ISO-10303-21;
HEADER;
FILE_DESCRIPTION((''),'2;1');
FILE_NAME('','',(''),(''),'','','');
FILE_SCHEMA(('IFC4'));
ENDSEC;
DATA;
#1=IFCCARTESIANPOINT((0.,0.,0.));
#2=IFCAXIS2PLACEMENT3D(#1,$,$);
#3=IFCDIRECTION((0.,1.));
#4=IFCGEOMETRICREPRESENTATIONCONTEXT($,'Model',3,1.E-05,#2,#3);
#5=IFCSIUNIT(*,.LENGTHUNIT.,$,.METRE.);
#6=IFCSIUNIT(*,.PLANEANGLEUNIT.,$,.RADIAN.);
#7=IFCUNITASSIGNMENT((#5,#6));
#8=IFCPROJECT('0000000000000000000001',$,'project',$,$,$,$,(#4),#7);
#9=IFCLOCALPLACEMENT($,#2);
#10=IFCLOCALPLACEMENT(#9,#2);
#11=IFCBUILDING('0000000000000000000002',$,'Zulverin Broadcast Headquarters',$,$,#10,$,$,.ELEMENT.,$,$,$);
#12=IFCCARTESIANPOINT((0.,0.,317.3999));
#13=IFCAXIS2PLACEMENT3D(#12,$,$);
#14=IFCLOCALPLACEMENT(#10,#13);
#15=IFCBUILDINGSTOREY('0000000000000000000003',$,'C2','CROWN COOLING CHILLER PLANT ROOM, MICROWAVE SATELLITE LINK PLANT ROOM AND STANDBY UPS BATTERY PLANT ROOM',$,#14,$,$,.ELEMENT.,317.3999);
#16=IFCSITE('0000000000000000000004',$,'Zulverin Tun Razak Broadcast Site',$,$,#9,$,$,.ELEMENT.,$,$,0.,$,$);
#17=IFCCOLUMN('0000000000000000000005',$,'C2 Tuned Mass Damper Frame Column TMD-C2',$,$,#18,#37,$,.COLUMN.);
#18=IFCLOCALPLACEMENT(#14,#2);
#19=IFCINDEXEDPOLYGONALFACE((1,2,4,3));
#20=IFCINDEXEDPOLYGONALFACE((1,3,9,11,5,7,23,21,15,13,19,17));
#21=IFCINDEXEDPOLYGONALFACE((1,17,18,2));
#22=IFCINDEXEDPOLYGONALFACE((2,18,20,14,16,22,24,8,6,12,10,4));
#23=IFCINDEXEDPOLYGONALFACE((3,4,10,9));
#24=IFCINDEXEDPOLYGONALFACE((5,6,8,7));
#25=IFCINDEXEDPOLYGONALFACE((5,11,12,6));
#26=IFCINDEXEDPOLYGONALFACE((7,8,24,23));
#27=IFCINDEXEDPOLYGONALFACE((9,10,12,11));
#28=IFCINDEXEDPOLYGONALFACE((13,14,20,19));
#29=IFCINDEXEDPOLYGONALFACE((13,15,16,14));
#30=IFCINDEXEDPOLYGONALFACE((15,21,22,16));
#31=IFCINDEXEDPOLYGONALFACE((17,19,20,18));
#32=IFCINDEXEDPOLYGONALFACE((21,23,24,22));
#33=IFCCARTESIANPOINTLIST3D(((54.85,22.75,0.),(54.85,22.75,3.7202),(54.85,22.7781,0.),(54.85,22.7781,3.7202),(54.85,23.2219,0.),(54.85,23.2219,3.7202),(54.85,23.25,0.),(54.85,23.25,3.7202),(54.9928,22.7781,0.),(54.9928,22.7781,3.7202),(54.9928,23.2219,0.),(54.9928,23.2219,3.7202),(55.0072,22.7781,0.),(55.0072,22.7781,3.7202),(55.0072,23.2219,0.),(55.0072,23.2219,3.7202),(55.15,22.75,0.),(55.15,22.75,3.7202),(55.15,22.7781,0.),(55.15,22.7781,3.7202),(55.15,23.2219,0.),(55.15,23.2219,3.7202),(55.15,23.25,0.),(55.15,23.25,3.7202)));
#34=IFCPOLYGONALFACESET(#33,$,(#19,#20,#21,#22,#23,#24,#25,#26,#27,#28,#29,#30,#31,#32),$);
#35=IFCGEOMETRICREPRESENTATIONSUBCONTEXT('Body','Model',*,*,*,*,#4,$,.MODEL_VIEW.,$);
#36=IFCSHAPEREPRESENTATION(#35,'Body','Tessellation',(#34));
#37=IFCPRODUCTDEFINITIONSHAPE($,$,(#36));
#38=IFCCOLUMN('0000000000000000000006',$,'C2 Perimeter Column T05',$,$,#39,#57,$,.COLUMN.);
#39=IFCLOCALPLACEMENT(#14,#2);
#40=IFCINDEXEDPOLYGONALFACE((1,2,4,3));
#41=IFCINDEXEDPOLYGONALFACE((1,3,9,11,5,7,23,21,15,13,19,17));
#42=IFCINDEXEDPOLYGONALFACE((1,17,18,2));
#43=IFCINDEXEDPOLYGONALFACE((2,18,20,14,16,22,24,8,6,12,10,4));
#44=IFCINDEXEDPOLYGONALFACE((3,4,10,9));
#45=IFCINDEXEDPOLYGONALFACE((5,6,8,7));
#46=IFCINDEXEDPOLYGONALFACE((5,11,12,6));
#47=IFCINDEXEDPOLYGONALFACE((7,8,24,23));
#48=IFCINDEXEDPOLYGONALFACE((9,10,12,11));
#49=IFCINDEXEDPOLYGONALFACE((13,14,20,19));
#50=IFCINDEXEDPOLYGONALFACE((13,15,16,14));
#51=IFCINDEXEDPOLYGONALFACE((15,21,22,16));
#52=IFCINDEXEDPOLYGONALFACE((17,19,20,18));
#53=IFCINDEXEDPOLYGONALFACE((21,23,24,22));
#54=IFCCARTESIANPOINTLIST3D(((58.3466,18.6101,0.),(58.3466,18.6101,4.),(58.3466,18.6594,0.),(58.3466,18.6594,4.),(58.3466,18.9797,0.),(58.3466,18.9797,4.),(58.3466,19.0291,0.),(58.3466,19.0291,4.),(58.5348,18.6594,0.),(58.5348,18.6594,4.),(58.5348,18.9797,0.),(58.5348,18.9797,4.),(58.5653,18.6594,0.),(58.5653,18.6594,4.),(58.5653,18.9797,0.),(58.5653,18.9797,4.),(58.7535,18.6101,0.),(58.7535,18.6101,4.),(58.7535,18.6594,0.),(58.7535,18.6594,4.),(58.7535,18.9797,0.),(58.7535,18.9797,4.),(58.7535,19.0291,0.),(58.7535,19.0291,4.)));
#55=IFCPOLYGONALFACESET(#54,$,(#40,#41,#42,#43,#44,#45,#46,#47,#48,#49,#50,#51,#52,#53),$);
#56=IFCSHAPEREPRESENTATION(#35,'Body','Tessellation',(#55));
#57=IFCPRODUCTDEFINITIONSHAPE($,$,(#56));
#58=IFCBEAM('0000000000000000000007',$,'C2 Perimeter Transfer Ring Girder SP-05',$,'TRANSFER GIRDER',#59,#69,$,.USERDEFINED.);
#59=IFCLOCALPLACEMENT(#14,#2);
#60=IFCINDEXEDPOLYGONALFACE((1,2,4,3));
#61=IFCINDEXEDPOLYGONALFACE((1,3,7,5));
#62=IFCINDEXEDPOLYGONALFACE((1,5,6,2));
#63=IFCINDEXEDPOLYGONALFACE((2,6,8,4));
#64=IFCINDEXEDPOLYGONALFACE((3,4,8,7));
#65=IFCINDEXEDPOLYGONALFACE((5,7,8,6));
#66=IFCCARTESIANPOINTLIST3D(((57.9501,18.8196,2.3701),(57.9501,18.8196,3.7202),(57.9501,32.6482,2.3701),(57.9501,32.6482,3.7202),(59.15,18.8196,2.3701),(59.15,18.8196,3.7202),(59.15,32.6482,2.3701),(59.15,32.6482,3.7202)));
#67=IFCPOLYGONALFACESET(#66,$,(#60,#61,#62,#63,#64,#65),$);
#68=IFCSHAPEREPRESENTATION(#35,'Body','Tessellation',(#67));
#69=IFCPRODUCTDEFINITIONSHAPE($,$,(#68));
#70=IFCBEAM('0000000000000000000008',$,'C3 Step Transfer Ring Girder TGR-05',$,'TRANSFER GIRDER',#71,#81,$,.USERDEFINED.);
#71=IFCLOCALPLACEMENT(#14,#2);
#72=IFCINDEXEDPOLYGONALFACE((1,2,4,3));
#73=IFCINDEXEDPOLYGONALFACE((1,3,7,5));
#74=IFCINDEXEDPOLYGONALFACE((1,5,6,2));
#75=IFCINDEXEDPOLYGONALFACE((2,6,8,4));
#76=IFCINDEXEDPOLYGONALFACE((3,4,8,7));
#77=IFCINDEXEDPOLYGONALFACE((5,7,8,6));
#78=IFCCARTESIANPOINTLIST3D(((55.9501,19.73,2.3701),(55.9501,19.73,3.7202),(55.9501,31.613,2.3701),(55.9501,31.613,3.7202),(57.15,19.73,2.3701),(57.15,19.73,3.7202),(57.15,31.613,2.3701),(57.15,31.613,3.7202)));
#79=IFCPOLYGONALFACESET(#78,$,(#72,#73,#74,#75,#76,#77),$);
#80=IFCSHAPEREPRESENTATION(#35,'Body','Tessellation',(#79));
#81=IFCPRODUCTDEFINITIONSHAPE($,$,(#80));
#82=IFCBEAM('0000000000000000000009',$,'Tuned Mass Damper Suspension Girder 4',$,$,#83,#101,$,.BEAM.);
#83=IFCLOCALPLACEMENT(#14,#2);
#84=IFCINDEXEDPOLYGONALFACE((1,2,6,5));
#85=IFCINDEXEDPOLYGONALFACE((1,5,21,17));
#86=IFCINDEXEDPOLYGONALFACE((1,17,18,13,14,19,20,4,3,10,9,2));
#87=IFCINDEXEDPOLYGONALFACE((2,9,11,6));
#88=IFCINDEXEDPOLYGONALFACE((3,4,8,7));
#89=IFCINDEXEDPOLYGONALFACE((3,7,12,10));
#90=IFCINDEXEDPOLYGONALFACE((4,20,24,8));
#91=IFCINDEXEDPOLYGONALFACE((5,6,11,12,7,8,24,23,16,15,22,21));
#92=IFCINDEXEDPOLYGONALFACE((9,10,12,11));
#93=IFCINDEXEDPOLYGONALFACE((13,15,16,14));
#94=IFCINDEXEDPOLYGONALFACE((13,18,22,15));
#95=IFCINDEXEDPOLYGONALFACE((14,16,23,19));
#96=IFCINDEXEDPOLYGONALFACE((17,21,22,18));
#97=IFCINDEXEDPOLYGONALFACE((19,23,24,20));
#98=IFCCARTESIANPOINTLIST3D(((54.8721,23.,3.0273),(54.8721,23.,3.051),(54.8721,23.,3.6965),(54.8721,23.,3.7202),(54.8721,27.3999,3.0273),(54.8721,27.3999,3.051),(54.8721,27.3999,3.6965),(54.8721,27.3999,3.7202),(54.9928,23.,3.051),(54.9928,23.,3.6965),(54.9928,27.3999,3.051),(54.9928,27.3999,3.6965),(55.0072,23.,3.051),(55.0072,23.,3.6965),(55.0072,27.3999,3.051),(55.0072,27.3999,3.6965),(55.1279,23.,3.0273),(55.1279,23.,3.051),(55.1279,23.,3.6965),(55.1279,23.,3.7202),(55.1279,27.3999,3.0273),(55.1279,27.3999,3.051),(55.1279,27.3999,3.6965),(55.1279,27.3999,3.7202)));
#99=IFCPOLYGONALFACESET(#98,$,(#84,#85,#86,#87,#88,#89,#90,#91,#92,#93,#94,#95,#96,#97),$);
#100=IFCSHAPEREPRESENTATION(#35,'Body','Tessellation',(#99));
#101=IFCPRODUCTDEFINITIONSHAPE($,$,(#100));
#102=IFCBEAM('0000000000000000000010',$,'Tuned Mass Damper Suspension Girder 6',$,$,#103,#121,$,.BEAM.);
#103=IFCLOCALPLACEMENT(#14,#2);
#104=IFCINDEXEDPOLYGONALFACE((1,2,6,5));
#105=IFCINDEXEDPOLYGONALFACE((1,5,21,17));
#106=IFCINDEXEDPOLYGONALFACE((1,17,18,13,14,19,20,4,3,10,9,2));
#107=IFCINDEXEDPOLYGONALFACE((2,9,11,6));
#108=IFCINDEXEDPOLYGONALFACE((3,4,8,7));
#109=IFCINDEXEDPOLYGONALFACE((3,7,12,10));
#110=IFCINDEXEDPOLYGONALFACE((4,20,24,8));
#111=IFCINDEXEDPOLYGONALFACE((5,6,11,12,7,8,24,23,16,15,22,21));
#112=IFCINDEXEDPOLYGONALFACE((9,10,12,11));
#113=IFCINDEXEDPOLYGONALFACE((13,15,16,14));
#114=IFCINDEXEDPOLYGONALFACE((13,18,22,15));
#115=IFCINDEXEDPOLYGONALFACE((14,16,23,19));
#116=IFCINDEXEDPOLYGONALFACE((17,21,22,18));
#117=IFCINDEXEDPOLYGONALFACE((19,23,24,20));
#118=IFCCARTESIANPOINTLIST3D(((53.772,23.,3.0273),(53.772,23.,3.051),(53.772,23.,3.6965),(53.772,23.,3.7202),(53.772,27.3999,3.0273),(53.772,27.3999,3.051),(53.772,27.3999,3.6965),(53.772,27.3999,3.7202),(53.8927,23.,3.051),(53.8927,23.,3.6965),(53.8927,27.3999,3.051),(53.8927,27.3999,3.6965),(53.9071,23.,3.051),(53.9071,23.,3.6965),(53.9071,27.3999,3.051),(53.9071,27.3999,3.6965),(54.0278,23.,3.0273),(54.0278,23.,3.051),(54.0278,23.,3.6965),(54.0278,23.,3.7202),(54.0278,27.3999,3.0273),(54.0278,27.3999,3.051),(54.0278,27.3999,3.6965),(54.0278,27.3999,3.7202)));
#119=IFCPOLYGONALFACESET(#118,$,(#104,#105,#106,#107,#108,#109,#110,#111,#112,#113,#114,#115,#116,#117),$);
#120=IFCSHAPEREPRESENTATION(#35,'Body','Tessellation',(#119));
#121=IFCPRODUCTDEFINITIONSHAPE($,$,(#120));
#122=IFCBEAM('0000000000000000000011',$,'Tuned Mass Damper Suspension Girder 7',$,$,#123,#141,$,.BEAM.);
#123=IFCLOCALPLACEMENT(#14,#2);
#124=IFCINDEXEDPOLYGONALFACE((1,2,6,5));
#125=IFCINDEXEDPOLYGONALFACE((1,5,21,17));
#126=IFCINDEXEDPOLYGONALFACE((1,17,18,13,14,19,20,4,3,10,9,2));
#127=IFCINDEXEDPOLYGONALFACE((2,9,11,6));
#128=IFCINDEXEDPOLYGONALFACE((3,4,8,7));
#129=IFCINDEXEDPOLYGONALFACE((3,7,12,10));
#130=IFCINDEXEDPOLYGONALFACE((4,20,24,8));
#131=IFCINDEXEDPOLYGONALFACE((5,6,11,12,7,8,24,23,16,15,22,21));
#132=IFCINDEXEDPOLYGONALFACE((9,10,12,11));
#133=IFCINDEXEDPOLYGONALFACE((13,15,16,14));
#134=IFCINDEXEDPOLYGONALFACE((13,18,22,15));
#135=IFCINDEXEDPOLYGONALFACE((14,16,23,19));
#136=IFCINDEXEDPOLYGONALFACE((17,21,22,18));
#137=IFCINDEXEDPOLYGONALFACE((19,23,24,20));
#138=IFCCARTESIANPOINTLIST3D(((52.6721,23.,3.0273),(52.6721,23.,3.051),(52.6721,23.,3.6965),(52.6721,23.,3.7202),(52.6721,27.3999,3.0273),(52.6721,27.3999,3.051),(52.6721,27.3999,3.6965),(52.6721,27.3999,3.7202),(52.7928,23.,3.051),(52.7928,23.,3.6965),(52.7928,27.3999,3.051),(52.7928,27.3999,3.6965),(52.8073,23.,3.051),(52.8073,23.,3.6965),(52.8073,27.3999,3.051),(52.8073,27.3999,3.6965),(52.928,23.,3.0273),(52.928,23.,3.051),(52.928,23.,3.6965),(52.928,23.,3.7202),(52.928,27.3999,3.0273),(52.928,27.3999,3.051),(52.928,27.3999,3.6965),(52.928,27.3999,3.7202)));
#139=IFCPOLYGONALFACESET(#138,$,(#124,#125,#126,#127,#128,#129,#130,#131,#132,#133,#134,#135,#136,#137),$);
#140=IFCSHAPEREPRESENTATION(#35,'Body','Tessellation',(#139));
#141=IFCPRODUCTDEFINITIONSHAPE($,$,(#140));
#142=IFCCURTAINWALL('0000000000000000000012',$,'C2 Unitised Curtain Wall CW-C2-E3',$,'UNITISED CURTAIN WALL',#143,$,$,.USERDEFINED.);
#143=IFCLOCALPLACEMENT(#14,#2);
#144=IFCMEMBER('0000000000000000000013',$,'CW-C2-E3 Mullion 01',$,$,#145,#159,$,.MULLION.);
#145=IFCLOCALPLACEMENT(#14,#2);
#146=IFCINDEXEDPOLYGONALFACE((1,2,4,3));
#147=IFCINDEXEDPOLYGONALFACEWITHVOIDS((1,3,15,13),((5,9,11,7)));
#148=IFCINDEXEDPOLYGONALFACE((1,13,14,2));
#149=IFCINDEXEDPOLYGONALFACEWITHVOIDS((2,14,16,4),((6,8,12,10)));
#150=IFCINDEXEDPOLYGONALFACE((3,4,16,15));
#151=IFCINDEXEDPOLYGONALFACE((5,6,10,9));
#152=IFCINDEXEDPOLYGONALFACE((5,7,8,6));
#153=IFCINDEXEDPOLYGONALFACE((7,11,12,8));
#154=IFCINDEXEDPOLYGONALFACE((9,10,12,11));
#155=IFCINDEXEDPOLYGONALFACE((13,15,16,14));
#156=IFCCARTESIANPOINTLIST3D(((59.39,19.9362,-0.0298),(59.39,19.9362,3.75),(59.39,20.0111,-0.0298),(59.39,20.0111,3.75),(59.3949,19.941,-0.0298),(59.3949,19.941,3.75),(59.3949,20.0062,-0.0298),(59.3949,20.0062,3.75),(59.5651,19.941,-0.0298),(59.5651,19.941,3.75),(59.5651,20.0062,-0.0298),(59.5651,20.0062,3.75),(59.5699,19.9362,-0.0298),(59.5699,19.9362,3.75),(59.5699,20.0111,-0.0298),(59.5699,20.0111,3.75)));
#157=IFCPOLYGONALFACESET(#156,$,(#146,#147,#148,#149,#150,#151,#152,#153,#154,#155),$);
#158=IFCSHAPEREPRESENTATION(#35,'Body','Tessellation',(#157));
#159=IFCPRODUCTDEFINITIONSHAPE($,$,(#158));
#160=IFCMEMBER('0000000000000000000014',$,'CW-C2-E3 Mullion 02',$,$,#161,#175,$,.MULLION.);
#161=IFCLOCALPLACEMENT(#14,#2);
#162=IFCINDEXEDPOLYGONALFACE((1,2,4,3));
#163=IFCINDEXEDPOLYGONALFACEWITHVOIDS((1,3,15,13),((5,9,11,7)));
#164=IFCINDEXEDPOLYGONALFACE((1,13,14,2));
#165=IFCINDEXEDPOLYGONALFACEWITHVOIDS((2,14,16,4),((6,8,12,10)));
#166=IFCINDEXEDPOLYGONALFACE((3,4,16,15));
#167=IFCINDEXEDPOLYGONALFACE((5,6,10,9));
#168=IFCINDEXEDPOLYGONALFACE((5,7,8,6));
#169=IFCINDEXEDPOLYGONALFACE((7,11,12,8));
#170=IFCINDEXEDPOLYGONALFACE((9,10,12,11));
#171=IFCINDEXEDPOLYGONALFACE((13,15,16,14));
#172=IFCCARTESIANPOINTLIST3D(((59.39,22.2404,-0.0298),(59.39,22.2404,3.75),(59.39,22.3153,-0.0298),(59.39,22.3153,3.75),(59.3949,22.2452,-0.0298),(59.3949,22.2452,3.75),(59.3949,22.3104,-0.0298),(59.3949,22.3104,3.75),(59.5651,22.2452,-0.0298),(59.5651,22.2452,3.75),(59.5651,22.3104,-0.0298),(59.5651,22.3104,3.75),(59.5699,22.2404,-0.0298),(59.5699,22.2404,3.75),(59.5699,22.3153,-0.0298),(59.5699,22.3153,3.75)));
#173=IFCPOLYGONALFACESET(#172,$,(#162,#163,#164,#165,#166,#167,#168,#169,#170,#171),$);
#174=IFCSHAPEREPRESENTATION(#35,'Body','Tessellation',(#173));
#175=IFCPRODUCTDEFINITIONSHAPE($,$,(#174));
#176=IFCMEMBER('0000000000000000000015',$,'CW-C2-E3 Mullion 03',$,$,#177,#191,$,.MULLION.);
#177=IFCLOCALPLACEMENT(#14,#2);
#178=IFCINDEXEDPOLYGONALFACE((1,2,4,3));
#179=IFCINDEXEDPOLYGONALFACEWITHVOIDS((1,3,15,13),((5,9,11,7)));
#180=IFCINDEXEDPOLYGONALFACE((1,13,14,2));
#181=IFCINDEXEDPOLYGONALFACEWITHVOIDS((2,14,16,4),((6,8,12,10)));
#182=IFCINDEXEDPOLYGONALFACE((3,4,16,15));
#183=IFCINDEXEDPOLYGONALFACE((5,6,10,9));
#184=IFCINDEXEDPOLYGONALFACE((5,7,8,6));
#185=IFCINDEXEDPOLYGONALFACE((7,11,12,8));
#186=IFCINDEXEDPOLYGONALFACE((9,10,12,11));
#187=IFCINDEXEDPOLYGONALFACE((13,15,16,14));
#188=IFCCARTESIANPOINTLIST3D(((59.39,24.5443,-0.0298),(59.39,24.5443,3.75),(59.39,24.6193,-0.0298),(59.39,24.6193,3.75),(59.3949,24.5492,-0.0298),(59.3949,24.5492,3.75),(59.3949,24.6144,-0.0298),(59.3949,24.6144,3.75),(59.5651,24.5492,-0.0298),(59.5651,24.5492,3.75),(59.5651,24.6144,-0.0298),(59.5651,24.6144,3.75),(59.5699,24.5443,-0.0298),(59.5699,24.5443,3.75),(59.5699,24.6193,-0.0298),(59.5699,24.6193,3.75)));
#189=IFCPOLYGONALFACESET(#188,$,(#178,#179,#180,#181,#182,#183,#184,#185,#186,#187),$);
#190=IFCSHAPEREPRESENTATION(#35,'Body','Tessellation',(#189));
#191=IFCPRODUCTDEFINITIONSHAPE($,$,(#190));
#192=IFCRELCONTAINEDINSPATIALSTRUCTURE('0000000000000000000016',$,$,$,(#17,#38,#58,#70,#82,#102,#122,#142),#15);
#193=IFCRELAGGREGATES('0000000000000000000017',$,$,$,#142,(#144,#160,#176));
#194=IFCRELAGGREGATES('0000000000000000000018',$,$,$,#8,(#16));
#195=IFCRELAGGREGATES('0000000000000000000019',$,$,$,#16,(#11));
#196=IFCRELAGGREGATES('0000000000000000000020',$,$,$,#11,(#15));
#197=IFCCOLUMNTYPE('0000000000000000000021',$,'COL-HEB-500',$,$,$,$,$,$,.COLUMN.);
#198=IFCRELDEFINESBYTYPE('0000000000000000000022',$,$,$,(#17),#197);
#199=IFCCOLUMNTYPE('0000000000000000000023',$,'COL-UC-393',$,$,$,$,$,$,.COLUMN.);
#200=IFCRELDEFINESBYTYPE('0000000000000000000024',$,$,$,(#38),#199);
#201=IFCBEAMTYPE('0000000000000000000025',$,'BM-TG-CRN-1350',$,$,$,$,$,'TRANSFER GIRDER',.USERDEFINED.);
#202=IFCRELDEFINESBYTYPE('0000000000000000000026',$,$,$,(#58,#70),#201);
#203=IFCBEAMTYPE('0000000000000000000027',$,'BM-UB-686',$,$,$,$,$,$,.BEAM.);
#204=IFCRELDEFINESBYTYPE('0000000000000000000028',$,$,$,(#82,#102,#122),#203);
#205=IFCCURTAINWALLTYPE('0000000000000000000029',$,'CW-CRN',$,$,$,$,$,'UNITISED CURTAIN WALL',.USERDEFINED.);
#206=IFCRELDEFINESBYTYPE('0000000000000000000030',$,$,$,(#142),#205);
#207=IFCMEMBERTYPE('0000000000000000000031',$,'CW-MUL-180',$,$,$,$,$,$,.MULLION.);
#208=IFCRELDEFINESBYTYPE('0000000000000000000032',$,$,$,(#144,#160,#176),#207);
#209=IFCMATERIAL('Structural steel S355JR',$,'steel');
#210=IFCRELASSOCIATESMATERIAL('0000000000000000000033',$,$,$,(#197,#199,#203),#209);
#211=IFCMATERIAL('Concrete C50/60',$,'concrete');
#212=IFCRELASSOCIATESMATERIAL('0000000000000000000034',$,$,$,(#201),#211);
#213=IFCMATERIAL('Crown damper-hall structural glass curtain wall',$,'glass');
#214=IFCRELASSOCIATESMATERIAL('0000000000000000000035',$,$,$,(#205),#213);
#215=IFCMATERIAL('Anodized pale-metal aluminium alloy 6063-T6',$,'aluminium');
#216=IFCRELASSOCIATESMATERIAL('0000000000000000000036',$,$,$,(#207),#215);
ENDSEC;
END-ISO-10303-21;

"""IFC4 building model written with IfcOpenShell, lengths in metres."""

from ifc_helpers import new_model, si_unit, direction, frame, origin, origin_2d, place, context, subcontext, project, spatial, rectangle, hollow_rectangle, i_section, extrude, material, material_profile, profile_set, type_object, element, aggregate, save


model = new_model("IFC4")

# Units and contexts
model_context = context("Model", 3, precision=1e-05, world=origin(), true_north=direction((0.0, 1.0)))
body_context = subcontext(model_context, "Body", "Model", "MODEL_VIEW")
ifc_project = project(units=[si_unit("LENGTHUNIT", "METRE"), si_unit("PLANEANGLEUNIT", "RADIAN")], contexts=[model_context])

# Site, building, storey
site_placement = place(None, origin())
site = spatial("IfcSite", under=ifc_project, at=site_placement, Name="Zulverin Tun Razak Broadcast Site", CompositionType="ELEMENT", RefElevation=0.0)
building_placement = place(site_placement, origin())
building = spatial("IfcBuilding", under=site, at=building_placement, Name="Zulverin Broadcast Headquarters", CompositionType="ELEMENT")
storey_placement = place(building_placement, frame((0.0, 0.0, 317.3999)))
storey = spatial("IfcBuildingStorey", under=building, at=storey_placement, Name="C2", Description="CROWN COOLING CHILLER PLANT ROOM, MICROWAVE SATELLITE LINK PLANT ROOM AND STANDBY UPS BATTERY PLANT ROOM", CompositionType="ELEMENT", Elevation=317.3999)

# Columns
ifc_material_1 = material(Name="Structural steel S355JR", Category="steel")
ifc_material_profile_1 = material_profile(ifc_material_1, i_section(OverallWidth=0.3, OverallDepth=0.5, WebThickness=0.0144, FlangeThickness=0.0281, at=origin_2d()), Name="Structural steel S355JR", Category="steel")
ifc_profile_set_1 = profile_set([ifc_material_profile_1], Name="Structural steel S355JR")
column_type_1 = type_object("IfcColumnType", Name="COL-HEB-500", PredefinedType="COLUMN", material=ifc_profile_set_1)
column_1_placement = place(storey_placement, frame((55.0, 23.0, 0.0), z_axis=(0.0, 0.0, 1.0), x_axis=(1.0, 0.0, 0.0)))
element("IfcColumn", 1, at=column_1_placement, inside=storey, type_object=column_type_1, Name="C2 Tuned Mass Damper Frame Column TMD-C2", PredefinedType="COLUMN", context=body_context, shape_type="SweptSolid", body=[
    extrude(i_section(OverallWidth=0.3, OverallDepth=0.5, WebThickness=0.0144, FlangeThickness=0.0281, at=origin_2d()), origin(), (0.0, 0.0, 1.0), 3.7202),
])
ifc_material_profile_2 = material_profile(ifc_material_1, i_section(OverallWidth=0.407, OverallDepth=0.4189, WebThickness=0.0305, FlangeThickness=0.0493, at=origin_2d()), Name="Structural steel S355JR", Category="steel")
ifc_profile_set_2 = profile_set([ifc_material_profile_2], Name="Structural steel S355JR")
column_type_2 = type_object("IfcColumnType", Name="COL-UC-393", PredefinedType="COLUMN", material=ifc_profile_set_2)
column_2_placement = place(storey_placement, frame((58.55, 18.8196, 0.0), z_axis=(0.0, 0.0, 1.0), x_axis=(1.0, 0.0, 0.0)))
element("IfcColumn", 2, at=column_2_placement, inside=storey, type_object=column_type_2, Name="C2 Perimeter Column T05", PredefinedType="COLUMN", context=body_context, shape_type="SweptSolid", body=[
    extrude(i_section(OverallWidth=0.407, OverallDepth=0.4189, WebThickness=0.0305, FlangeThickness=0.0493, at=origin_2d()), origin(), (0.0, 0.0, 1.0), 4.0),
])

# Beams
ifc_material_2 = material(Name="Concrete C50/60", Category="concrete")
ifc_material_profile_3 = material_profile(ifc_material_2, rectangle(XDim=1.2, YDim=1.3501, at=origin_2d()), Name="Concrete C50/60", Category="concrete")
ifc_profile_set_3 = profile_set([ifc_material_profile_3], Name="Concrete C50/60")
beam_type_1 = type_object("IfcBeamType", Name="BM-TG-CRN-1350", ElementType="TRANSFER GIRDER", PredefinedType="USERDEFINED", material=ifc_profile_set_3)
beam_1_placement = place(storey_placement, frame((58.55, 18.8196, 3.0452), z_axis=(0.0, 1.0, 0.0), x_axis=(-1.0, 0.0, 0.0)))
element("IfcBeam", 3, at=beam_1_placement, inside=storey, type_object=beam_type_1, Name="C2 Perimeter Transfer Ring Girder SP-05", ObjectType="TRANSFER GIRDER", PredefinedType="USERDEFINED", context=body_context, shape_type="SweptSolid", body=[
    extrude(rectangle(XDim=1.2, YDim=1.3501, at=origin_2d()), origin(), (0.0, 0.0, 1.0), 13.8286),
])
beam_2_placement = place(storey_placement, frame((56.55, 19.73, 3.0452), z_axis=(0.0, 1.0, 0.0), x_axis=(-1.0, 0.0, 0.0)))
element("IfcBeam", 4, at=beam_2_placement, inside=storey, type_object=beam_type_1, Name="C3 Step Transfer Ring Girder TGR-05", ObjectType="TRANSFER GIRDER", PredefinedType="USERDEFINED", context=body_context, shape_type="SweptSolid", body=[
    extrude(rectangle(XDim=1.2, YDim=1.3501, at=origin_2d()), origin(), (0.0, 0.0, 1.0), 11.8831),
])
ifc_material_profile_4 = material_profile(ifc_material_1, i_section(OverallWidth=0.2559, OverallDepth=0.6929, WebThickness=0.0144, FlangeThickness=0.0237, at=origin_2d()), Name="Structural steel S355JR", Category="steel")
ifc_profile_set_4 = profile_set([ifc_material_profile_4], Name="Structural steel S355JR")
beam_type_2 = type_object("IfcBeamType", Name="BM-UB-686", PredefinedType="BEAM", material=ifc_profile_set_4)
for number, where, z_axis, x_axis, name in (
    (5, (55.0, 23.0, 3.3738), (0.0, 1.0, 0.0), (-1.0, 0.0, 0.0), "Tuned Mass Damper Suspension Girder 4"),
    (6, (53.8999, 23.0, 3.3738), (0.0, 1.0, 0.0), (-1.0, 0.0, 0.0), "Tuned Mass Damper Suspension Girder 6"),
    (7, (52.8, 23.0, 3.3738), (0.0, 1.0, 0.0), (-1.0, 0.0, 0.0), "Tuned Mass Damper Suspension Girder 7"),
):
    element("IfcBeam", number, at=place(storey_placement, frame(where, z_axis=z_axis, x_axis=x_axis)), inside=storey, type_object=beam_type_2, Name=name, PredefinedType="BEAM", context=body_context, shape_type="SweptSolid", body=[
        extrude(i_section(OverallWidth=0.2559, OverallDepth=0.6929, WebThickness=0.0144, FlangeThickness=0.0237, at=origin_2d()), origin(), (0.0, 0.0, 1.0), 4.3999),
    ])

# Curtain wall, members
ifc_material_3 = material(Name="Crown damper-hall structural glass curtain wall", Category="glass")
curtain_wall_type = type_object("IfcCurtainWallType", Name="CW-CRN", ElementType="UNITISED CURTAIN WALL", PredefinedType="USERDEFINED", material=ifc_material_3)
curtain_wall_placement = place(storey_placement, origin())
curtain_wall = element("IfcCurtainWall", 8, at=curtain_wall_placement, inside=storey, type_object=curtain_wall_type, Name="C2 Unitised Curtain Wall CW-C2-E3", ObjectType="UNITISED CURTAIN WALL", PredefinedType="USERDEFINED")
ifc_material_4 = material(Name="Anodized pale-metal aluminium alloy 6063-T6", Category="aluminium")
ifc_material_profile_5 = material_profile(ifc_material_4, hollow_rectangle(XDim=0.075, YDim=0.1799, WallThickness=0.0049, at=origin_2d()), Name="Anodized pale-metal aluminium alloy 6063-T6", Category="aluminium")
ifc_profile_set_5 = profile_set([ifc_material_profile_5], Name="Anodized pale-metal aluminium alloy 6063-T6")
member_type_1 = type_object("IfcMemberType", Name="CW-MUL-180", PredefinedType="MULLION", material=ifc_profile_set_5)
member_1_placement = place(storey_placement, frame((59.48, 19.9736, -0.0298), z_axis=(0.0, 0.0, 1.0), x_axis=(0.0, 1.0, 0.0)))
member_1 = element("IfcMember", 9, at=member_1_placement, type_object=member_type_1, Name="CW-C2-E3 Mullion 01", PredefinedType="MULLION", context=body_context, shape_type="SweptSolid", body=[
    extrude(hollow_rectangle(XDim=0.075, YDim=0.1799, WallThickness=0.0049, at=origin_2d()), origin(), (0.0, 0.0, 1.0), 3.7798),
])
member_2_placement = place(storey_placement, frame((59.48, 22.2778, -0.0298), z_axis=(0.0, 0.0, 1.0), x_axis=(0.0, 1.0, 0.0)))
member_2 = element("IfcMember", 10, at=member_2_placement, type_object=member_type_1, Name="CW-C2-E3 Mullion 02", PredefinedType="MULLION", context=body_context, shape_type="SweptSolid", body=[
    extrude(hollow_rectangle(XDim=0.075, YDim=0.1799, WallThickness=0.0049, at=origin_2d()), origin(), (0.0, 0.0, 1.0), 3.7798),
])
member_3_placement = place(storey_placement, frame((59.48, 24.5818, -0.0298), z_axis=(0.0, 0.0, 1.0), x_axis=(0.0, 1.0, 0.0)))
member_3 = element("IfcMember", 11, at=member_3_placement, type_object=member_type_1, Name="CW-C2-E3 Mullion 03", PredefinedType="MULLION", context=body_context, shape_type="SweptSolid", body=[
    extrude(hollow_rectangle(XDim=0.075, YDim=0.1799, WallThickness=0.0049, at=origin_2d()), origin(), (0.0, 0.0, 1.0), 3.7798),
])
aggregate(curtain_wall, [member_1, member_2, member_3])

save(model, "model.ifc")
